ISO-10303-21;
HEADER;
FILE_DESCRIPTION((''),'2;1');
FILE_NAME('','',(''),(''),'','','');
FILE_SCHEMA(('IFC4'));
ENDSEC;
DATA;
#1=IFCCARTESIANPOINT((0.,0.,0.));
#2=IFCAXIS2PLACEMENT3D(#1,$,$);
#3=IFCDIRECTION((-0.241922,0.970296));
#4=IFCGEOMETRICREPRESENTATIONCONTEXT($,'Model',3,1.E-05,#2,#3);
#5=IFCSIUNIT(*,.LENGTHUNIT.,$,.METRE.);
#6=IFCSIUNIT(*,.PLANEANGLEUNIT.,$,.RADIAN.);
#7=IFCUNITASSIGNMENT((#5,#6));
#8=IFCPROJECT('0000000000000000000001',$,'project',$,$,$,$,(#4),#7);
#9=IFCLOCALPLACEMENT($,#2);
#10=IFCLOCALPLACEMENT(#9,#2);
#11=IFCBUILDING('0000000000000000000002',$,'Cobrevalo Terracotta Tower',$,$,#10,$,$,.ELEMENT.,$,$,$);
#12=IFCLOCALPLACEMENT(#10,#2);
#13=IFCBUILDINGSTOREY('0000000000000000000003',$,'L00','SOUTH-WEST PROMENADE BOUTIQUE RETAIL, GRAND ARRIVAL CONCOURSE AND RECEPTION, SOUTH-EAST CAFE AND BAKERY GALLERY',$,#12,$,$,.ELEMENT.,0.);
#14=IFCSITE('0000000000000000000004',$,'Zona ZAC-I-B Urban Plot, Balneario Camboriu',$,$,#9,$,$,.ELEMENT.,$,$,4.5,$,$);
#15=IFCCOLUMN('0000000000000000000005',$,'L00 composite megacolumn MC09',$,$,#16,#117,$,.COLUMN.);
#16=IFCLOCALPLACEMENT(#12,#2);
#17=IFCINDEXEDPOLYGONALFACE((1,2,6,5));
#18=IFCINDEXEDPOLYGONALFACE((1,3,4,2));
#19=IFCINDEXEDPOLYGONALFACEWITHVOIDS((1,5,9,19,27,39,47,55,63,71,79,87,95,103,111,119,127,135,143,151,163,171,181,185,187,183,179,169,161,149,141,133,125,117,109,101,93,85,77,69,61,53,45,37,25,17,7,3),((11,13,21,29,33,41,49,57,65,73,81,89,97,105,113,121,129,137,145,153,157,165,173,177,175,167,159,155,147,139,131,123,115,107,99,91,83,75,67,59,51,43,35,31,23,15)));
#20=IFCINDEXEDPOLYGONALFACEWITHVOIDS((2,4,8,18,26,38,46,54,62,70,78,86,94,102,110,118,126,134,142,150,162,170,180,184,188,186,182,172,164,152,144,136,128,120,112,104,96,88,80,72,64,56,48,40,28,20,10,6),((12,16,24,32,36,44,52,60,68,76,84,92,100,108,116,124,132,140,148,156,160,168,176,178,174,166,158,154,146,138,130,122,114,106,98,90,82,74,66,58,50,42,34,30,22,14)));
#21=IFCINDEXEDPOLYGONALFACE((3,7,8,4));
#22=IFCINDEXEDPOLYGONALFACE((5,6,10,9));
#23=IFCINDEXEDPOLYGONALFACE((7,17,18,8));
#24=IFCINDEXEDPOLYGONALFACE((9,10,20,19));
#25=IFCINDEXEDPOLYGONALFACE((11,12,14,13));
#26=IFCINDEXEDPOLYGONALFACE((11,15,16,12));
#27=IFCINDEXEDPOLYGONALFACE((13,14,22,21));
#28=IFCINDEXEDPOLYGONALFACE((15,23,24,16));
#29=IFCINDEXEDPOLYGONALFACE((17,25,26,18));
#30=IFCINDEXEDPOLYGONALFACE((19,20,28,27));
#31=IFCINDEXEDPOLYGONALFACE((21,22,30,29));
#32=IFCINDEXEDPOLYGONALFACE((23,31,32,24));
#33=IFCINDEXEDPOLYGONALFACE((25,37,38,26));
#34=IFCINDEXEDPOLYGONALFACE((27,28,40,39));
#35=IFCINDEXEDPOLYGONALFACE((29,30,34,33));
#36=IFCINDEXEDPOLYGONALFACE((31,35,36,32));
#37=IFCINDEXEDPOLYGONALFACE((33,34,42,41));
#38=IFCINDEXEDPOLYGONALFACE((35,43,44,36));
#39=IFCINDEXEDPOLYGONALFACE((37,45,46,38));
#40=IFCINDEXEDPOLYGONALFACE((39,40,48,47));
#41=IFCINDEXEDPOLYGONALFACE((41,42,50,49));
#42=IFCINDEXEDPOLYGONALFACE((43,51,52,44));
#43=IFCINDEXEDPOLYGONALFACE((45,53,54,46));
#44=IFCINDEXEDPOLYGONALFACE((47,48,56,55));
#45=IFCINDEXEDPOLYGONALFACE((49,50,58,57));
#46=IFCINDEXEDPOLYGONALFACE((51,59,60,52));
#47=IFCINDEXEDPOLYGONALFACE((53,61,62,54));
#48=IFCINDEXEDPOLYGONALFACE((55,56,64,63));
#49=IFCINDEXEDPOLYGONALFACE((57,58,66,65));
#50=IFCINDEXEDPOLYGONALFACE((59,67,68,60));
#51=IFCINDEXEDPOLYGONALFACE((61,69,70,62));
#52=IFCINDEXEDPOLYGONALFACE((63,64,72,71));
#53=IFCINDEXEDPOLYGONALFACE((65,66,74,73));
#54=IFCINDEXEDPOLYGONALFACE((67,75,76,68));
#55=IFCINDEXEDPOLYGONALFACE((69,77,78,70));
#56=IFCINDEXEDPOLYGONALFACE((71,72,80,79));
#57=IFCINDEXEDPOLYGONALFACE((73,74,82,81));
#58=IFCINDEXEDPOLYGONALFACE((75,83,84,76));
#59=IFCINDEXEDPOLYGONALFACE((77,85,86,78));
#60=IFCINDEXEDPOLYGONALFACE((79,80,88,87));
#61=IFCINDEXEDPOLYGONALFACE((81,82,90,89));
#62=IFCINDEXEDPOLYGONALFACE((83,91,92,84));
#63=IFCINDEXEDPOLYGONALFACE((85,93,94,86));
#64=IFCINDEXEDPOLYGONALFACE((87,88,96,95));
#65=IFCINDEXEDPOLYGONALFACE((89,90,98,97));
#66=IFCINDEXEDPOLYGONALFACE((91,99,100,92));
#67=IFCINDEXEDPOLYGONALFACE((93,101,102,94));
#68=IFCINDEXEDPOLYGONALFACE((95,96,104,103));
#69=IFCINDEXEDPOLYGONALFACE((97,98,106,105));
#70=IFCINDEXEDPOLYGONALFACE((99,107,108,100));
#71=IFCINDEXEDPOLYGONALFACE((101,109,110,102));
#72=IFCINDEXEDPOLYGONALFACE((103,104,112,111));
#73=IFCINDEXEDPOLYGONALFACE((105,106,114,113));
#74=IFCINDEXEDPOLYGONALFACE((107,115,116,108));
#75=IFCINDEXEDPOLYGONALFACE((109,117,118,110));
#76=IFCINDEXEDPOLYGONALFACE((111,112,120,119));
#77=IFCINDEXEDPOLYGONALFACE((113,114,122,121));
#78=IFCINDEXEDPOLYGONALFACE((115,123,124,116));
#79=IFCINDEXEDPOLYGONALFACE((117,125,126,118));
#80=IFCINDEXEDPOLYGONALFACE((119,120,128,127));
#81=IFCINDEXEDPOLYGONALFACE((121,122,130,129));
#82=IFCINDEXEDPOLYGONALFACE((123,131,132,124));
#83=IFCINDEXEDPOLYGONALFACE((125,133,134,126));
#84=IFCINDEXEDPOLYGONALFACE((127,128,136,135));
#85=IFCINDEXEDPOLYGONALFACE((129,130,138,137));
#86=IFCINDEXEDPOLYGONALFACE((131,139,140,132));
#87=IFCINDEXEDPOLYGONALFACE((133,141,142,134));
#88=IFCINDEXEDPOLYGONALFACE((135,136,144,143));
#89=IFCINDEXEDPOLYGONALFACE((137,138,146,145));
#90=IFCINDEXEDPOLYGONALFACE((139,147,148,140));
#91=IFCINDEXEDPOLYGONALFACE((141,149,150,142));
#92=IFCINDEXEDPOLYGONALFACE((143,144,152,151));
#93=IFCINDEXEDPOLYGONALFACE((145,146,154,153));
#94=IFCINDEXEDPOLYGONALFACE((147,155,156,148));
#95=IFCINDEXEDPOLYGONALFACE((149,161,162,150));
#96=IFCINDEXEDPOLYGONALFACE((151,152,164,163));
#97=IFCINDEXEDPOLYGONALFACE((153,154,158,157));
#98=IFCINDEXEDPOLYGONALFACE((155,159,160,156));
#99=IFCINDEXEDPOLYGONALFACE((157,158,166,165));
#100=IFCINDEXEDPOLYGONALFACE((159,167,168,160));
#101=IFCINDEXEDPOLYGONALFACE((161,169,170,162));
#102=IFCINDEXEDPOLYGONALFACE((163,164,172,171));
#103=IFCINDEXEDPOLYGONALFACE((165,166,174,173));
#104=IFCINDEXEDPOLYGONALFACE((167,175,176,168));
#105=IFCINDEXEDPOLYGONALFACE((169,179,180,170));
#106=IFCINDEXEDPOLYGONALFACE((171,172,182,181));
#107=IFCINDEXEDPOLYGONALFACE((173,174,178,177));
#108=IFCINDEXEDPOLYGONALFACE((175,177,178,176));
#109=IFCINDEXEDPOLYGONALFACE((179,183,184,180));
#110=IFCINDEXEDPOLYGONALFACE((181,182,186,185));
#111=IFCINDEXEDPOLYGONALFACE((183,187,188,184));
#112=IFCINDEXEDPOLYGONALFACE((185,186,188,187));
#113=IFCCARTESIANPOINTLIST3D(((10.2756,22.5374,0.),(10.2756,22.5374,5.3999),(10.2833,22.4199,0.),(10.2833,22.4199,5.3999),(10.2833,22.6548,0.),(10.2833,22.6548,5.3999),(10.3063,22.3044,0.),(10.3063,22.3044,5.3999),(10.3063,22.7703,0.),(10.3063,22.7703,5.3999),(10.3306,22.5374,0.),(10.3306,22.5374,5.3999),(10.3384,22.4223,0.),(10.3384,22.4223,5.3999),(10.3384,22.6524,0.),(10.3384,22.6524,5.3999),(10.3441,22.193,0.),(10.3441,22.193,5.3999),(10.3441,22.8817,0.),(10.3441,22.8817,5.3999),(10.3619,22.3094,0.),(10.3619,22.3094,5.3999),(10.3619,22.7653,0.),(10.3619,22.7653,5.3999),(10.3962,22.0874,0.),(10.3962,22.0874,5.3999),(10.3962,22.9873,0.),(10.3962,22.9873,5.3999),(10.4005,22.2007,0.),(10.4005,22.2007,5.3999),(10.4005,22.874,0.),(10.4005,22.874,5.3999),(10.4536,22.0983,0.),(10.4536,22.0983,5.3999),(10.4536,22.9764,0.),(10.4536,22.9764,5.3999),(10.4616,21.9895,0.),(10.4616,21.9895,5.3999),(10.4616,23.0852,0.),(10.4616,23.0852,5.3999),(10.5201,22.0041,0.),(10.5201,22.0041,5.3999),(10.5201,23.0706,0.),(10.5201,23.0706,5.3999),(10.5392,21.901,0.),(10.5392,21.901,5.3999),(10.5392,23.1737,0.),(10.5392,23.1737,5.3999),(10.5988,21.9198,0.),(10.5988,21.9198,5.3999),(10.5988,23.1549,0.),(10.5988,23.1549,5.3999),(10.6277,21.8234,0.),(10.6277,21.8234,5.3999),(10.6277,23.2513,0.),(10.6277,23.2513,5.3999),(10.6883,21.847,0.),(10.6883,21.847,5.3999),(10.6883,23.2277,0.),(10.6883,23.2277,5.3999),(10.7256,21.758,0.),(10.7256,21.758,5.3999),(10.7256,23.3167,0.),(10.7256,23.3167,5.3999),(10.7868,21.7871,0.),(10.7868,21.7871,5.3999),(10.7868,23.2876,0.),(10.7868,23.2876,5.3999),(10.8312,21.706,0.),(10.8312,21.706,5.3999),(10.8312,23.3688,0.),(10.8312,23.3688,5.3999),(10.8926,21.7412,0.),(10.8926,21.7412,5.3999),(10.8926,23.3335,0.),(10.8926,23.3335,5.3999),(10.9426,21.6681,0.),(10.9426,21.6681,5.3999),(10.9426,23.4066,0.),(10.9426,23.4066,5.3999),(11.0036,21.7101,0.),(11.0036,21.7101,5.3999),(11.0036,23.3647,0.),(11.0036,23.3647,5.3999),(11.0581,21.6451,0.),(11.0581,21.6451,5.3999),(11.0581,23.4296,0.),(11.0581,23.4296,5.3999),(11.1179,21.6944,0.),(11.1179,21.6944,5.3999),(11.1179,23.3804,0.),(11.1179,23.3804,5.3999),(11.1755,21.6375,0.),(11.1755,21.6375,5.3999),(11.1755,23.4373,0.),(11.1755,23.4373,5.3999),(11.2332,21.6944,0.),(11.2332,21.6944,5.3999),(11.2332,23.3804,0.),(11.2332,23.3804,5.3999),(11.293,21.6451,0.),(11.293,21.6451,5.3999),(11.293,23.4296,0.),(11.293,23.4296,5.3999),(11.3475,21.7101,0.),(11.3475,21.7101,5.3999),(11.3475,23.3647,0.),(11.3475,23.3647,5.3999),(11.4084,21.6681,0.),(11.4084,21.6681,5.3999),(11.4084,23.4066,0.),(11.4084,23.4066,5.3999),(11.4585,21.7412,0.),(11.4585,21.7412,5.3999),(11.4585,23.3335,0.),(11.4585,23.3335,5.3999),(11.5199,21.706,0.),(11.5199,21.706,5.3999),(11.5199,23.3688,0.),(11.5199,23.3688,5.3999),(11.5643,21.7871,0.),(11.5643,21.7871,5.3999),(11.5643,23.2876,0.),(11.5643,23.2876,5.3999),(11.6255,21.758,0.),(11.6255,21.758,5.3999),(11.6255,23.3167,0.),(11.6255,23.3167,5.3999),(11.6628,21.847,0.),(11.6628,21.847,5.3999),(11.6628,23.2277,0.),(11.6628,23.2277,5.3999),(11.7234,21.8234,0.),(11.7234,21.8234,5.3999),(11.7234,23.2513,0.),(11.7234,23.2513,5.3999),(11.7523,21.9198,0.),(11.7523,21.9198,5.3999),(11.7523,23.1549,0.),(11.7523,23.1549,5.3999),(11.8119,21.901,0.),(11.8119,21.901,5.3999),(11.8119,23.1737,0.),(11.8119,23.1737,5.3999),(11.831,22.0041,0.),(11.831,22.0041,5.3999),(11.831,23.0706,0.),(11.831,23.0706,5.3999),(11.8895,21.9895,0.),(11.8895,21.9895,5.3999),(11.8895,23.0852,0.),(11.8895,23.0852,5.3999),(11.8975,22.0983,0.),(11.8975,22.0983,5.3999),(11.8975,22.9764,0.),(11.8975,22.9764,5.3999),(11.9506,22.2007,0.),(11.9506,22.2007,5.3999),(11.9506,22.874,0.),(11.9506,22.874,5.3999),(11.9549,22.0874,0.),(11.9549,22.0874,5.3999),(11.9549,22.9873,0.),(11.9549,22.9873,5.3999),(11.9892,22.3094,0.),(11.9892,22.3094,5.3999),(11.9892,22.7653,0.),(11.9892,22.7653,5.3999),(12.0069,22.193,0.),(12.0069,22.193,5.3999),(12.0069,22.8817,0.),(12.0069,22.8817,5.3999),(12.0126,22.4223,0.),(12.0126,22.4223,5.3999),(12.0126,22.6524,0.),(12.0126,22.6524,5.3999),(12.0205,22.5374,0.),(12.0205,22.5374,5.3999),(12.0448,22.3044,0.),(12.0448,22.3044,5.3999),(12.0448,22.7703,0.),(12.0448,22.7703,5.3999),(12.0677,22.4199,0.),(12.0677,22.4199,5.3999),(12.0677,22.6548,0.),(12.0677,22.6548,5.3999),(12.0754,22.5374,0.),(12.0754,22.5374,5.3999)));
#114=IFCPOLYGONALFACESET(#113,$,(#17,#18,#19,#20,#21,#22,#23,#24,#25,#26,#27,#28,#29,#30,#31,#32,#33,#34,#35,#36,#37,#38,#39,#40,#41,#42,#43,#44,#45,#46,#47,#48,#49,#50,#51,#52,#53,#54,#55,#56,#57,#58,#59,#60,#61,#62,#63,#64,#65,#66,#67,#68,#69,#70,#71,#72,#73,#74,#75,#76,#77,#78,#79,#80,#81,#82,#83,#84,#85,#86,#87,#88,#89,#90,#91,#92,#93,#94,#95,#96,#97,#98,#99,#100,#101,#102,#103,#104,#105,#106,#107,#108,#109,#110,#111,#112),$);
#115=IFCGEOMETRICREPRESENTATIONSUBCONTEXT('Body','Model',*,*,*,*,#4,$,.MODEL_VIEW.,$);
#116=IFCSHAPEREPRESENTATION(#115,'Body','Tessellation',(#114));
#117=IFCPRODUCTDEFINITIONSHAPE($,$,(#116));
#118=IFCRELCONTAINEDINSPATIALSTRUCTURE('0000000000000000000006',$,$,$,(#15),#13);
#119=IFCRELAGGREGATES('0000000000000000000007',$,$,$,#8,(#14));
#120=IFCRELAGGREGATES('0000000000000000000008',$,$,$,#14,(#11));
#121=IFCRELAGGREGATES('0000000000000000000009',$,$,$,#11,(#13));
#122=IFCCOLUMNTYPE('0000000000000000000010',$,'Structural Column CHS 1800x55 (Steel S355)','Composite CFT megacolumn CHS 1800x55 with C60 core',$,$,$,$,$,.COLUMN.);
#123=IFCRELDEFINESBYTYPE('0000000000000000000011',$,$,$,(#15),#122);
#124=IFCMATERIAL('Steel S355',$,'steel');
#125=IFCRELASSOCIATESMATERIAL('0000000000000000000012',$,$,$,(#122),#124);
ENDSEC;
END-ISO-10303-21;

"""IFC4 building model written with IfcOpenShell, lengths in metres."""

from ifc_helpers import new_model, si_unit, direction, frame, origin, origin_2d, place, context, subcontext, project, spatial, hollow_circle, extrude, material, material_profile, profile_set, type_object, element, save


model = new_model("IFC4")

# Units and contexts
model_context = context("Model", 3, precision=1e-05, world=origin(), true_north=direction((-0.241922, 0.970296)))
body_context = subcontext(model_context, "Body", "Model", "MODEL_VIEW")
ifc_project = project(units=[si_unit("LENGTHUNIT", "METRE"), si_unit("PLANEANGLEUNIT", "RADIAN")], contexts=[model_context])

# Site, building, storey
site_placement = place(None, origin())
site = spatial("IfcSite", under=ifc_project, at=site_placement, Name="Zona ZAC-I-B Urban Plot, Balneario Camboriu", CompositionType="ELEMENT", RefElevation=4.5)
building_placement = place(site_placement, origin())
building = spatial("IfcBuilding", under=site, at=building_placement, Name="Cobrevalo Terracotta Tower", CompositionType="ELEMENT")
storey_placement = place(building_placement, origin())
storey = spatial("IfcBuildingStorey", under=building, at=storey_placement, Name="L00", Description="SOUTH-WEST PROMENADE BOUTIQUE RETAIL, GRAND ARRIVAL CONCOURSE AND RECEPTION, SOUTH-EAST CAFE AND BAKERY GALLERY", CompositionType="ELEMENT", Elevation=0.0)

# Column
ifc_material_1 = material(Name="Steel S355", Category="steel")
ifc_material_profile_1 = material_profile(ifc_material_1, hollow_circle(Radius=0.8999, WallThickness=0.0549, at=origin_2d()), Name="CHS 1800x55")
ifc_profile_set_1 = profile_set([ifc_material_profile_1], Name="Steel S355")
column_type_1 = type_object("IfcColumnType", Name="Structural Column CHS 1800x55 (Steel S355)", Description="Composite CFT megacolumn CHS 1800x55 with C60 core", PredefinedType="COLUMN", material=ifc_profile_set_1)
for number, where, z_axis, x_axis, name in (
    (1, (11.1755, 22.5374, 0.0), (0.0, 0.0, 1.0), (1.0, 0.0, 0.0), "L00 composite megacolumn MC09"),
):
    element("IfcColumn", number, at=place(storey_placement, frame(where, z_axis=z_axis, x_axis=x_axis)), inside=storey, type_object=column_type_1, Name=name, PredefinedType="COLUMN", context=body_context, shape_type="SweptSolid", body=[
        extrude(hollow_circle(Radius=0.8999, WallThickness=0.0549, at=origin_2d()), origin(), (0.0, 0.0, 1.0), 5.3999),
    ])

save(model, "model.ifc")
